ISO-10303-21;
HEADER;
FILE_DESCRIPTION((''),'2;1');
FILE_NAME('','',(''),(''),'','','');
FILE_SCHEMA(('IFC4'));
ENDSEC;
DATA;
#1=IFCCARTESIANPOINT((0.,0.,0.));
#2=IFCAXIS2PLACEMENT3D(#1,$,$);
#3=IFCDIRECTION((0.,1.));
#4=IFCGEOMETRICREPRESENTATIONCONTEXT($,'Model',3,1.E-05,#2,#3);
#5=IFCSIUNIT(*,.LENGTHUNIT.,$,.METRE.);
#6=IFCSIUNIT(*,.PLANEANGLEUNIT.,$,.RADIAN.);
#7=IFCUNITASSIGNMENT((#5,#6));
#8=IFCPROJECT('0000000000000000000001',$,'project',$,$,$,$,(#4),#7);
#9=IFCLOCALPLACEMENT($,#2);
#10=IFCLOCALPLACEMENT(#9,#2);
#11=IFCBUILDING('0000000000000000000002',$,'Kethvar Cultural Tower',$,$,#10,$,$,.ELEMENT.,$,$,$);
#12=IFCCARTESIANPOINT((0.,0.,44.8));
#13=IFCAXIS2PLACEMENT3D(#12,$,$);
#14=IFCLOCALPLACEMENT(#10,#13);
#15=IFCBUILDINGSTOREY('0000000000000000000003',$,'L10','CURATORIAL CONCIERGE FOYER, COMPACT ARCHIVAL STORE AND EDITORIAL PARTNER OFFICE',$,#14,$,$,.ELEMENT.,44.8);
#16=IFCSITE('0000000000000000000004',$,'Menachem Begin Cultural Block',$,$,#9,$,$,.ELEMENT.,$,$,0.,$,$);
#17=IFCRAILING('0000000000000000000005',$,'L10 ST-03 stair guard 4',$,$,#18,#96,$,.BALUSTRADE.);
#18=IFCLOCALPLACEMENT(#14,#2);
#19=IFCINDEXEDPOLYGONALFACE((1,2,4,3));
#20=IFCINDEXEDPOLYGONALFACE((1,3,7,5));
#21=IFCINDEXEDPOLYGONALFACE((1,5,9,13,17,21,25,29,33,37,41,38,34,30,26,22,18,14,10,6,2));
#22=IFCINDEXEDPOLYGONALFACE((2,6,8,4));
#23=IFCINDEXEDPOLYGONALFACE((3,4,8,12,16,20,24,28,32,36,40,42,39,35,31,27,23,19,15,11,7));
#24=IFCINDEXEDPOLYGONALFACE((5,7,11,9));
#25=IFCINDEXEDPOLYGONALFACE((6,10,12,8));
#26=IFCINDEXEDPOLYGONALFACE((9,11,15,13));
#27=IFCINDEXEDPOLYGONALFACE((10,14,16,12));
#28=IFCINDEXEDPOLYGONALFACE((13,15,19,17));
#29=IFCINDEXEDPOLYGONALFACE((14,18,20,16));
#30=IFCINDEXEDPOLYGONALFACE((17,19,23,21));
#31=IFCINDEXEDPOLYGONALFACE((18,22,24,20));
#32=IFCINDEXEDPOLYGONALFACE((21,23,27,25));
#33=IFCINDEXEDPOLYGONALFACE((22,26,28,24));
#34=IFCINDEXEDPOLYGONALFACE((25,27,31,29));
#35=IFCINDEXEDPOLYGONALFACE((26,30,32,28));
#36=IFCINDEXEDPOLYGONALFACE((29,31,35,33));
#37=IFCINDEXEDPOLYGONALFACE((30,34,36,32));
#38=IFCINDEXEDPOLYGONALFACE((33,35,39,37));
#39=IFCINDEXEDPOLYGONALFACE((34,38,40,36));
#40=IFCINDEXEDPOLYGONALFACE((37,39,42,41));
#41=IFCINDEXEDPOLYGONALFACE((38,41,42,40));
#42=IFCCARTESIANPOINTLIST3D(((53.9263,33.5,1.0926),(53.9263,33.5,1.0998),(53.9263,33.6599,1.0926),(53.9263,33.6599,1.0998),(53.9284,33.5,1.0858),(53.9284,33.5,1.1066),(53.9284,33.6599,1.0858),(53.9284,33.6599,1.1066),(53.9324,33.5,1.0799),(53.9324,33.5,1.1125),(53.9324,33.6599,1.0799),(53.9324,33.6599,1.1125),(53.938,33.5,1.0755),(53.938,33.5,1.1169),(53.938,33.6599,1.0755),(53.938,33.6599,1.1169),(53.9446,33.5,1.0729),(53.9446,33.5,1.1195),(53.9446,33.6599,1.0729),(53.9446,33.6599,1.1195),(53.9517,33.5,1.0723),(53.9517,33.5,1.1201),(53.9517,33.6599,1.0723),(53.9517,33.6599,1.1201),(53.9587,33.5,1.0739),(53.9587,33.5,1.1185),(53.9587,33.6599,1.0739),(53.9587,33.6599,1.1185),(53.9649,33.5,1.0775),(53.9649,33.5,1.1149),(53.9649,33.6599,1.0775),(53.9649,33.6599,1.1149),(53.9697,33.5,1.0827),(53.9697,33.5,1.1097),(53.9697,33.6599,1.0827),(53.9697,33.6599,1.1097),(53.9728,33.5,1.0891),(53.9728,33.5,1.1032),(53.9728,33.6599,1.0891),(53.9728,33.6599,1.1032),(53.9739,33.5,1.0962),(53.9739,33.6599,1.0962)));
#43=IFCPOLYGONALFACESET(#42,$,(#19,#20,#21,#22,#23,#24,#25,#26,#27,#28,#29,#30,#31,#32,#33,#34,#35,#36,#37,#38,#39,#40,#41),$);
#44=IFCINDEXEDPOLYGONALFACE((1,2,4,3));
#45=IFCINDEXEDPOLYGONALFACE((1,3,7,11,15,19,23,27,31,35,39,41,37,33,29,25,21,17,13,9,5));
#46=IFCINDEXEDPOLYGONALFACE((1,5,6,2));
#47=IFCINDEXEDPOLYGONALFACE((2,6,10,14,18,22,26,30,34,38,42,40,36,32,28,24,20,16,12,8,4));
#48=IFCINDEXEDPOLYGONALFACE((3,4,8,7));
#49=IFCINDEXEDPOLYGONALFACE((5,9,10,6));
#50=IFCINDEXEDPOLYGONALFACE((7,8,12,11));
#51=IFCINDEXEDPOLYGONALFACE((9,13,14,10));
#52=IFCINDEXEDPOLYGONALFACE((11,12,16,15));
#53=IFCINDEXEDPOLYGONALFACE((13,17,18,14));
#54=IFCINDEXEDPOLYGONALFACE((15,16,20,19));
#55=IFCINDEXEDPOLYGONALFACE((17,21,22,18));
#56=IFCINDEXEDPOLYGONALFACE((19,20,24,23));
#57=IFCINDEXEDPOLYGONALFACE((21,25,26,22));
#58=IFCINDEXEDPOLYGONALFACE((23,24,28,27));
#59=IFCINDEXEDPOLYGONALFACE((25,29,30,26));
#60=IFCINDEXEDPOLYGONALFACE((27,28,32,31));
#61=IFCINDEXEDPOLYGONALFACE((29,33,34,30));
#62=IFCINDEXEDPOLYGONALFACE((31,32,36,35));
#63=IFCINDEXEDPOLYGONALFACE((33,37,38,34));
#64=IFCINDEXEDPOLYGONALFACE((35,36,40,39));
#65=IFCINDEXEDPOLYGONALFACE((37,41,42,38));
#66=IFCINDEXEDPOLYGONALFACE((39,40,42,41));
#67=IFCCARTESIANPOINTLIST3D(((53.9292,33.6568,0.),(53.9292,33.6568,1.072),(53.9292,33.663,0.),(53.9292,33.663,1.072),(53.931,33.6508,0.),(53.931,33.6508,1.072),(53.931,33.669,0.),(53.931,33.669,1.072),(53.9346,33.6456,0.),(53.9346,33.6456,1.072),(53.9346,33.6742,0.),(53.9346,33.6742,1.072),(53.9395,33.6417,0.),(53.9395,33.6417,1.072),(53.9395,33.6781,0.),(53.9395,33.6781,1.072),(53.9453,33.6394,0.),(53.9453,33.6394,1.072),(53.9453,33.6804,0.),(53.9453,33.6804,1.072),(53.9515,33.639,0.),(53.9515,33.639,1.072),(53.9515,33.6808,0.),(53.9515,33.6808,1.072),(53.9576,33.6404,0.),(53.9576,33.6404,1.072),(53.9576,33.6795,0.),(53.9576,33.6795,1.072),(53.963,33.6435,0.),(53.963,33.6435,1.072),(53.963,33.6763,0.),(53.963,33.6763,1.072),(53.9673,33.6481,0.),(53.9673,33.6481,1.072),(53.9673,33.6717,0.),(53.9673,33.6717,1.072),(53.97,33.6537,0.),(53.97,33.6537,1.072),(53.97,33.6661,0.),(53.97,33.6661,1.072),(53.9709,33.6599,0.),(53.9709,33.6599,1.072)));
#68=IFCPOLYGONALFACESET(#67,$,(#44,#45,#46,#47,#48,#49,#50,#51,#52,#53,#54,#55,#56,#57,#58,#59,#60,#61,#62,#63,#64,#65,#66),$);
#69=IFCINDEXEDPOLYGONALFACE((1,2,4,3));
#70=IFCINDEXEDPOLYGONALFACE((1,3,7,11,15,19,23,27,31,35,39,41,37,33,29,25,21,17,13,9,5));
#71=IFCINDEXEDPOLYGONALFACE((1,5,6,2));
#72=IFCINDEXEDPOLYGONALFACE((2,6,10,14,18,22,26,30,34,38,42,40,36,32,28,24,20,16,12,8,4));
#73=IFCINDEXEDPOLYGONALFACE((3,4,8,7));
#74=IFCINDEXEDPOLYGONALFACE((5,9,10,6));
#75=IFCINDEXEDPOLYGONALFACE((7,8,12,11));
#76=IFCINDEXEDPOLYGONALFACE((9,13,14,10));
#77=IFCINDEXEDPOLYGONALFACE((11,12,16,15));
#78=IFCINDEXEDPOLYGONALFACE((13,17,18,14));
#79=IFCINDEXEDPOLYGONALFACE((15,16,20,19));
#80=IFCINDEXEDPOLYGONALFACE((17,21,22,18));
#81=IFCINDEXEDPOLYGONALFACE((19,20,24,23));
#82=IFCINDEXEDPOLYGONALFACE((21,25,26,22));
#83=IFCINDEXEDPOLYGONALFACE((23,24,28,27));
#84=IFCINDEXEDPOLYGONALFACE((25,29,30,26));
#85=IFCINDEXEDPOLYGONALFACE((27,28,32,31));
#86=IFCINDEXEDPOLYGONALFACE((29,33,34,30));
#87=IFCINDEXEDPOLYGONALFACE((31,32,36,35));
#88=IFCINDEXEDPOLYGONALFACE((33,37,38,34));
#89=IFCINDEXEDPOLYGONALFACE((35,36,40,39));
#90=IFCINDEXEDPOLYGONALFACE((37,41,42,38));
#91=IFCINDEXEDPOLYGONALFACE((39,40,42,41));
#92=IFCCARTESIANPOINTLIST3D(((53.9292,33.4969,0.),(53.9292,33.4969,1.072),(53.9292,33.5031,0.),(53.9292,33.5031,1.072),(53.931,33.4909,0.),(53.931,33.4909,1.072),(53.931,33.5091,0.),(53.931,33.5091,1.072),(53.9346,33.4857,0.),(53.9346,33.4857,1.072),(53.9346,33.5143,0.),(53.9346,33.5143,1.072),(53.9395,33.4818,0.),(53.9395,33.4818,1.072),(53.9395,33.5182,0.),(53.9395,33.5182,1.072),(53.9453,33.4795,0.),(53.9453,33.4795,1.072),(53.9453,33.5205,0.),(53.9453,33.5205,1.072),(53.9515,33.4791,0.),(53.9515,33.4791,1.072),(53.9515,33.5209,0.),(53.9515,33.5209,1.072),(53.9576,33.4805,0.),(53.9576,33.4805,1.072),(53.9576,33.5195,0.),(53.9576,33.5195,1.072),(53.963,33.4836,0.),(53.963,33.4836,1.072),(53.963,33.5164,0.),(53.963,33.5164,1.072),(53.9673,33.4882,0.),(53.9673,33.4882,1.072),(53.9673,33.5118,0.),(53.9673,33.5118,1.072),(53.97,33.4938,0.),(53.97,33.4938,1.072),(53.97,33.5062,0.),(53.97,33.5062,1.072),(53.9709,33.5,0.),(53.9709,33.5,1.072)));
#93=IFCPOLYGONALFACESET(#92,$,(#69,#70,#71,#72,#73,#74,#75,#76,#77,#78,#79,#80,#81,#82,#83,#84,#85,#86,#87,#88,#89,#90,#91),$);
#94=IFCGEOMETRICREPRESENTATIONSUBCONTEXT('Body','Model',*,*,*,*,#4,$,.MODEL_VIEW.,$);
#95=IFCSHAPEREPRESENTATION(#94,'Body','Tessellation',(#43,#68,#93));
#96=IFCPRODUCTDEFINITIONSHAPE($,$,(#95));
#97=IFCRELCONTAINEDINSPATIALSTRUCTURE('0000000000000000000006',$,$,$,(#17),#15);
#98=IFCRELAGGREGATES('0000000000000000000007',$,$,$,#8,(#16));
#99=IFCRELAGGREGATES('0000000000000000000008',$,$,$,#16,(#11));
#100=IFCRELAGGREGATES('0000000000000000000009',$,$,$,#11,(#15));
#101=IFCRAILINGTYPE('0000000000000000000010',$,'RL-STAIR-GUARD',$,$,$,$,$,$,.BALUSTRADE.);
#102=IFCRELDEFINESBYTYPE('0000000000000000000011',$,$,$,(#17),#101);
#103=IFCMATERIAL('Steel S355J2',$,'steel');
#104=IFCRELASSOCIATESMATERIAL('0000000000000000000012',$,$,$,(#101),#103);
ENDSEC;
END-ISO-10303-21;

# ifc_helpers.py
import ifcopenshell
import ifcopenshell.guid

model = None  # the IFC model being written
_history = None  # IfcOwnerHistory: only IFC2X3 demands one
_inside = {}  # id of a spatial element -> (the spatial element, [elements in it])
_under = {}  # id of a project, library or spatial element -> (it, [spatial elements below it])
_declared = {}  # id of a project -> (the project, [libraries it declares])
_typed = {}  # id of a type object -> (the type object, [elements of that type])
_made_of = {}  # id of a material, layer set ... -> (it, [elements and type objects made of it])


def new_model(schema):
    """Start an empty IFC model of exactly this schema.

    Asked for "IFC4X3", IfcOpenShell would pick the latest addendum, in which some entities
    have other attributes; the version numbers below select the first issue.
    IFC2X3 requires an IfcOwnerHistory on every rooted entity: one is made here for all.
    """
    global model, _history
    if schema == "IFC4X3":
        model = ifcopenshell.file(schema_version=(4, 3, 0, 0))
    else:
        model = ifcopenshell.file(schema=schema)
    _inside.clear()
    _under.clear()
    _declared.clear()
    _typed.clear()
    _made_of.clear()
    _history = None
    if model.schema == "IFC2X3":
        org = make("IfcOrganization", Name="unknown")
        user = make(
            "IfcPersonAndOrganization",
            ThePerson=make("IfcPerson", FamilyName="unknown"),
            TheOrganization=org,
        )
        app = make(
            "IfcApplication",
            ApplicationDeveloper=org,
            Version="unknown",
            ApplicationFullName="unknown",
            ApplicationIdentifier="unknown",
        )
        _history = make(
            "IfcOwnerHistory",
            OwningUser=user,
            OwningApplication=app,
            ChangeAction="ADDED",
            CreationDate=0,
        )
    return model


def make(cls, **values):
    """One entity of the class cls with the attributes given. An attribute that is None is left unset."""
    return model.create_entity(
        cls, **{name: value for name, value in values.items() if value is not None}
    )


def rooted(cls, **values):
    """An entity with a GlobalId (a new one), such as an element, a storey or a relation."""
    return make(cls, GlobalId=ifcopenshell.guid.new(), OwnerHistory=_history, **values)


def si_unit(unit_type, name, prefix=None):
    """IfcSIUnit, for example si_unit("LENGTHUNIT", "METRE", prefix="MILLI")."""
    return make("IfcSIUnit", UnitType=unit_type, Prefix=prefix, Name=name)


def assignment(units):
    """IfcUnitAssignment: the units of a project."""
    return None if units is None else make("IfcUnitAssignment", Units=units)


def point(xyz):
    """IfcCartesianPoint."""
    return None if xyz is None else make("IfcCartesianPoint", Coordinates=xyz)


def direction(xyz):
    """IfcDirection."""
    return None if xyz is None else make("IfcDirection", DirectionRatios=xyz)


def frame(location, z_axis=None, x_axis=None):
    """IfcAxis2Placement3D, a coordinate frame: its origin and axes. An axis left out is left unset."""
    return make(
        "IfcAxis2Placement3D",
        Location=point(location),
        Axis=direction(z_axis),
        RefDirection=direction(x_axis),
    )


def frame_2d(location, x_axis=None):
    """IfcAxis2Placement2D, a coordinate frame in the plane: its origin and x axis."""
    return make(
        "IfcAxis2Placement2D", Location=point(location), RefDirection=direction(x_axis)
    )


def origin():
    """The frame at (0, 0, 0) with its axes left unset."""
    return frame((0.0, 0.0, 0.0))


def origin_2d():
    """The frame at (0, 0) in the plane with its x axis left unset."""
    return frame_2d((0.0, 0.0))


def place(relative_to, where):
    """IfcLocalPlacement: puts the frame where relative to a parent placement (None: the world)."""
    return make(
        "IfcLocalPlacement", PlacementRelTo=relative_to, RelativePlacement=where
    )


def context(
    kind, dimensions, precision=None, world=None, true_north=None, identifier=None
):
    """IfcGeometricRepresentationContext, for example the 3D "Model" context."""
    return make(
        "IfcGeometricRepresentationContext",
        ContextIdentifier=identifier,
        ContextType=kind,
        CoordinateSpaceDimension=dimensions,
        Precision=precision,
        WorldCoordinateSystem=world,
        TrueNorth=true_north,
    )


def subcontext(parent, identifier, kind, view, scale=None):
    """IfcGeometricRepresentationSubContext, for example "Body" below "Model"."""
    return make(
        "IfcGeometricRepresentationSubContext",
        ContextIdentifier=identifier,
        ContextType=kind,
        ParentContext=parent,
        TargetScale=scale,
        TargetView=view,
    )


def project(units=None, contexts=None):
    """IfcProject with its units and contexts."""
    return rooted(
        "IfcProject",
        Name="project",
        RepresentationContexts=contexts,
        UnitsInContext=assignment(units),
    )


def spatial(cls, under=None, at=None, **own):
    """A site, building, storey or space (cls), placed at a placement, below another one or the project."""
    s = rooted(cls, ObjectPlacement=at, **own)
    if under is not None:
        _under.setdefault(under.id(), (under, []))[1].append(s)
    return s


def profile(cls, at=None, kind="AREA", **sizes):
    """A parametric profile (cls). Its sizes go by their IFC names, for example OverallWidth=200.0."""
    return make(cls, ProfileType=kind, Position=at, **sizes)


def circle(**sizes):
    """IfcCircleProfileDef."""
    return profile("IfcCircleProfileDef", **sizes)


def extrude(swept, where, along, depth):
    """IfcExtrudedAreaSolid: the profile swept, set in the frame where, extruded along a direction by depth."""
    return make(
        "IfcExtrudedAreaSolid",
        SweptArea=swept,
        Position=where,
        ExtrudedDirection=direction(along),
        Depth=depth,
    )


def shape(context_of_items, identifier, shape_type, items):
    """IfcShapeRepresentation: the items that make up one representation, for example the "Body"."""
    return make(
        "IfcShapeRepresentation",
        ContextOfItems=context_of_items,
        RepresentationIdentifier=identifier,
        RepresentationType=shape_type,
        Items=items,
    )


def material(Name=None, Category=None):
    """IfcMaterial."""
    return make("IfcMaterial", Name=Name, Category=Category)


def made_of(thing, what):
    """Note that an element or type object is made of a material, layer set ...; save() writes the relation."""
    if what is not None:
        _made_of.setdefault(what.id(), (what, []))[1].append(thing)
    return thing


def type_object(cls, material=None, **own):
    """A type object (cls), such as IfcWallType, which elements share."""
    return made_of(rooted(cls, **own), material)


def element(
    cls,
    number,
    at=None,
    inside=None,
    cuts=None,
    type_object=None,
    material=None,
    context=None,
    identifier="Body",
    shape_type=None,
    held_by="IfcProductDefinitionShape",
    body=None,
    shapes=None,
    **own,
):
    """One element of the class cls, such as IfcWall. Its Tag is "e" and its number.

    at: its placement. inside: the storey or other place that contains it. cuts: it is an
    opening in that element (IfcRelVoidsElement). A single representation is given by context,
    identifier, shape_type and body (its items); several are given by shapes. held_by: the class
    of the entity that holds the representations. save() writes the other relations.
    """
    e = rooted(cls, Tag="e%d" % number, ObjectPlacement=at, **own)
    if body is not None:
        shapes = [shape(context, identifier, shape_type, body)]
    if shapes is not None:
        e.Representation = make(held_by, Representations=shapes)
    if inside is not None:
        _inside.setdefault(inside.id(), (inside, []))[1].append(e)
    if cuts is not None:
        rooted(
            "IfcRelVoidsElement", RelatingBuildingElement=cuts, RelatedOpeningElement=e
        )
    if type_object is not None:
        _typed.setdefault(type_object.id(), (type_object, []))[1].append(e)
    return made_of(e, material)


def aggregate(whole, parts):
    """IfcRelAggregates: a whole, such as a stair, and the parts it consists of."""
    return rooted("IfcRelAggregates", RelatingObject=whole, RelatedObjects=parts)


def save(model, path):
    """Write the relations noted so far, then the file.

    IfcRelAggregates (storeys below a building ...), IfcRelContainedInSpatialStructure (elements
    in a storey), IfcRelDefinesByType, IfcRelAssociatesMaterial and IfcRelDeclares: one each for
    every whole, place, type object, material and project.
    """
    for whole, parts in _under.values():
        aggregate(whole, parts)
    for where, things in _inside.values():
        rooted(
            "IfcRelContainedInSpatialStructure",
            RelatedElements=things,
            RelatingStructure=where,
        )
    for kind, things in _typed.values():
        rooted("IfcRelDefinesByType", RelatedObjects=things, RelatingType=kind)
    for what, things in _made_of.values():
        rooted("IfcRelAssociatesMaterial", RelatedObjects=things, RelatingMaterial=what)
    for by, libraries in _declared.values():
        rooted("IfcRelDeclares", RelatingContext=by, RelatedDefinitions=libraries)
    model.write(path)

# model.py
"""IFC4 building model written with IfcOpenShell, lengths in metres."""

from ifc_helpers import new_model, si_unit, direction, frame, origin, origin_2d, place, context, subcontext, project, spatial, circle, extrude, material, type_object, element, save


model = new_model("IFC4")

# Units and contexts
model_context = context("Model", 3, precision=1e-05, world=origin(), true_north=direction((0.0, 1.0)))
body_context = subcontext(model_context, "Body", "Model", "MODEL_VIEW")
ifc_project = project(units=[si_unit("LENGTHUNIT", "METRE"), si_unit("PLANEANGLEUNIT", "RADIAN")], contexts=[model_context])

# Site, building, storey
site_placement = place(None, origin())
site = spatial("IfcSite", under=ifc_project, at=site_placement, Name="Menachem Begin Cultural Block", CompositionType="ELEMENT", RefElevation=0.0)
building_placement = place(site_placement, origin())
building = spatial("IfcBuilding", under=site, at=building_placement, Name="Kethvar Cultural Tower", CompositionType="ELEMENT")
storey_placement = place(building_placement, frame((0.0, 0.0, 44.8)))
storey = spatial("IfcBuildingStorey", under=building, at=storey_placement, Name="L10", Description="CURATORIAL CONCIERGE FOYER, COMPACT ARCHIVAL STORE AND EDITORIAL PARTNER OFFICE", CompositionType="ELEMENT", Elevation=44.8)

# Shared definitions
ifc_material_1 = material(Name="Steel S355J2", Category="steel")

# Railing
railing_type_1 = type_object("IfcRailingType", Name="RL-STAIR-GUARD", PredefinedType="BALUSTRADE", material=ifc_material_1)
railing_1_placement = place(storey_placement, frame((53.95, 33.6599, 0.0)))
element("IfcRailing", 1, at=railing_1_placement, inside=storey, type_object=railing_type_1, Name="L10 ST-03 stair guard 4", PredefinedType="BALUSTRADE", context=body_context, shape_type="SweptSolid", body=[
    extrude(circle(Radius=0.0239, at=origin_2d()), frame((0.0, 0.0, 1.0962), z_axis=(0.0, -1.0, 0.0), x_axis=(1.0, 0.0, 0.0)), (0.0, 0.0, 1.0), 0.1599),
    extrude(circle(Radius=0.021, at=origin_2d()), origin(), (0.0, 0.0, 1.0), 1.072),
    extrude(circle(Radius=0.021, at=origin_2d()), frame((0.0, -0.1599, 0.0)), (0.0, 0.0, 1.0), 1.072),
])

save(model, "model.ifc")
